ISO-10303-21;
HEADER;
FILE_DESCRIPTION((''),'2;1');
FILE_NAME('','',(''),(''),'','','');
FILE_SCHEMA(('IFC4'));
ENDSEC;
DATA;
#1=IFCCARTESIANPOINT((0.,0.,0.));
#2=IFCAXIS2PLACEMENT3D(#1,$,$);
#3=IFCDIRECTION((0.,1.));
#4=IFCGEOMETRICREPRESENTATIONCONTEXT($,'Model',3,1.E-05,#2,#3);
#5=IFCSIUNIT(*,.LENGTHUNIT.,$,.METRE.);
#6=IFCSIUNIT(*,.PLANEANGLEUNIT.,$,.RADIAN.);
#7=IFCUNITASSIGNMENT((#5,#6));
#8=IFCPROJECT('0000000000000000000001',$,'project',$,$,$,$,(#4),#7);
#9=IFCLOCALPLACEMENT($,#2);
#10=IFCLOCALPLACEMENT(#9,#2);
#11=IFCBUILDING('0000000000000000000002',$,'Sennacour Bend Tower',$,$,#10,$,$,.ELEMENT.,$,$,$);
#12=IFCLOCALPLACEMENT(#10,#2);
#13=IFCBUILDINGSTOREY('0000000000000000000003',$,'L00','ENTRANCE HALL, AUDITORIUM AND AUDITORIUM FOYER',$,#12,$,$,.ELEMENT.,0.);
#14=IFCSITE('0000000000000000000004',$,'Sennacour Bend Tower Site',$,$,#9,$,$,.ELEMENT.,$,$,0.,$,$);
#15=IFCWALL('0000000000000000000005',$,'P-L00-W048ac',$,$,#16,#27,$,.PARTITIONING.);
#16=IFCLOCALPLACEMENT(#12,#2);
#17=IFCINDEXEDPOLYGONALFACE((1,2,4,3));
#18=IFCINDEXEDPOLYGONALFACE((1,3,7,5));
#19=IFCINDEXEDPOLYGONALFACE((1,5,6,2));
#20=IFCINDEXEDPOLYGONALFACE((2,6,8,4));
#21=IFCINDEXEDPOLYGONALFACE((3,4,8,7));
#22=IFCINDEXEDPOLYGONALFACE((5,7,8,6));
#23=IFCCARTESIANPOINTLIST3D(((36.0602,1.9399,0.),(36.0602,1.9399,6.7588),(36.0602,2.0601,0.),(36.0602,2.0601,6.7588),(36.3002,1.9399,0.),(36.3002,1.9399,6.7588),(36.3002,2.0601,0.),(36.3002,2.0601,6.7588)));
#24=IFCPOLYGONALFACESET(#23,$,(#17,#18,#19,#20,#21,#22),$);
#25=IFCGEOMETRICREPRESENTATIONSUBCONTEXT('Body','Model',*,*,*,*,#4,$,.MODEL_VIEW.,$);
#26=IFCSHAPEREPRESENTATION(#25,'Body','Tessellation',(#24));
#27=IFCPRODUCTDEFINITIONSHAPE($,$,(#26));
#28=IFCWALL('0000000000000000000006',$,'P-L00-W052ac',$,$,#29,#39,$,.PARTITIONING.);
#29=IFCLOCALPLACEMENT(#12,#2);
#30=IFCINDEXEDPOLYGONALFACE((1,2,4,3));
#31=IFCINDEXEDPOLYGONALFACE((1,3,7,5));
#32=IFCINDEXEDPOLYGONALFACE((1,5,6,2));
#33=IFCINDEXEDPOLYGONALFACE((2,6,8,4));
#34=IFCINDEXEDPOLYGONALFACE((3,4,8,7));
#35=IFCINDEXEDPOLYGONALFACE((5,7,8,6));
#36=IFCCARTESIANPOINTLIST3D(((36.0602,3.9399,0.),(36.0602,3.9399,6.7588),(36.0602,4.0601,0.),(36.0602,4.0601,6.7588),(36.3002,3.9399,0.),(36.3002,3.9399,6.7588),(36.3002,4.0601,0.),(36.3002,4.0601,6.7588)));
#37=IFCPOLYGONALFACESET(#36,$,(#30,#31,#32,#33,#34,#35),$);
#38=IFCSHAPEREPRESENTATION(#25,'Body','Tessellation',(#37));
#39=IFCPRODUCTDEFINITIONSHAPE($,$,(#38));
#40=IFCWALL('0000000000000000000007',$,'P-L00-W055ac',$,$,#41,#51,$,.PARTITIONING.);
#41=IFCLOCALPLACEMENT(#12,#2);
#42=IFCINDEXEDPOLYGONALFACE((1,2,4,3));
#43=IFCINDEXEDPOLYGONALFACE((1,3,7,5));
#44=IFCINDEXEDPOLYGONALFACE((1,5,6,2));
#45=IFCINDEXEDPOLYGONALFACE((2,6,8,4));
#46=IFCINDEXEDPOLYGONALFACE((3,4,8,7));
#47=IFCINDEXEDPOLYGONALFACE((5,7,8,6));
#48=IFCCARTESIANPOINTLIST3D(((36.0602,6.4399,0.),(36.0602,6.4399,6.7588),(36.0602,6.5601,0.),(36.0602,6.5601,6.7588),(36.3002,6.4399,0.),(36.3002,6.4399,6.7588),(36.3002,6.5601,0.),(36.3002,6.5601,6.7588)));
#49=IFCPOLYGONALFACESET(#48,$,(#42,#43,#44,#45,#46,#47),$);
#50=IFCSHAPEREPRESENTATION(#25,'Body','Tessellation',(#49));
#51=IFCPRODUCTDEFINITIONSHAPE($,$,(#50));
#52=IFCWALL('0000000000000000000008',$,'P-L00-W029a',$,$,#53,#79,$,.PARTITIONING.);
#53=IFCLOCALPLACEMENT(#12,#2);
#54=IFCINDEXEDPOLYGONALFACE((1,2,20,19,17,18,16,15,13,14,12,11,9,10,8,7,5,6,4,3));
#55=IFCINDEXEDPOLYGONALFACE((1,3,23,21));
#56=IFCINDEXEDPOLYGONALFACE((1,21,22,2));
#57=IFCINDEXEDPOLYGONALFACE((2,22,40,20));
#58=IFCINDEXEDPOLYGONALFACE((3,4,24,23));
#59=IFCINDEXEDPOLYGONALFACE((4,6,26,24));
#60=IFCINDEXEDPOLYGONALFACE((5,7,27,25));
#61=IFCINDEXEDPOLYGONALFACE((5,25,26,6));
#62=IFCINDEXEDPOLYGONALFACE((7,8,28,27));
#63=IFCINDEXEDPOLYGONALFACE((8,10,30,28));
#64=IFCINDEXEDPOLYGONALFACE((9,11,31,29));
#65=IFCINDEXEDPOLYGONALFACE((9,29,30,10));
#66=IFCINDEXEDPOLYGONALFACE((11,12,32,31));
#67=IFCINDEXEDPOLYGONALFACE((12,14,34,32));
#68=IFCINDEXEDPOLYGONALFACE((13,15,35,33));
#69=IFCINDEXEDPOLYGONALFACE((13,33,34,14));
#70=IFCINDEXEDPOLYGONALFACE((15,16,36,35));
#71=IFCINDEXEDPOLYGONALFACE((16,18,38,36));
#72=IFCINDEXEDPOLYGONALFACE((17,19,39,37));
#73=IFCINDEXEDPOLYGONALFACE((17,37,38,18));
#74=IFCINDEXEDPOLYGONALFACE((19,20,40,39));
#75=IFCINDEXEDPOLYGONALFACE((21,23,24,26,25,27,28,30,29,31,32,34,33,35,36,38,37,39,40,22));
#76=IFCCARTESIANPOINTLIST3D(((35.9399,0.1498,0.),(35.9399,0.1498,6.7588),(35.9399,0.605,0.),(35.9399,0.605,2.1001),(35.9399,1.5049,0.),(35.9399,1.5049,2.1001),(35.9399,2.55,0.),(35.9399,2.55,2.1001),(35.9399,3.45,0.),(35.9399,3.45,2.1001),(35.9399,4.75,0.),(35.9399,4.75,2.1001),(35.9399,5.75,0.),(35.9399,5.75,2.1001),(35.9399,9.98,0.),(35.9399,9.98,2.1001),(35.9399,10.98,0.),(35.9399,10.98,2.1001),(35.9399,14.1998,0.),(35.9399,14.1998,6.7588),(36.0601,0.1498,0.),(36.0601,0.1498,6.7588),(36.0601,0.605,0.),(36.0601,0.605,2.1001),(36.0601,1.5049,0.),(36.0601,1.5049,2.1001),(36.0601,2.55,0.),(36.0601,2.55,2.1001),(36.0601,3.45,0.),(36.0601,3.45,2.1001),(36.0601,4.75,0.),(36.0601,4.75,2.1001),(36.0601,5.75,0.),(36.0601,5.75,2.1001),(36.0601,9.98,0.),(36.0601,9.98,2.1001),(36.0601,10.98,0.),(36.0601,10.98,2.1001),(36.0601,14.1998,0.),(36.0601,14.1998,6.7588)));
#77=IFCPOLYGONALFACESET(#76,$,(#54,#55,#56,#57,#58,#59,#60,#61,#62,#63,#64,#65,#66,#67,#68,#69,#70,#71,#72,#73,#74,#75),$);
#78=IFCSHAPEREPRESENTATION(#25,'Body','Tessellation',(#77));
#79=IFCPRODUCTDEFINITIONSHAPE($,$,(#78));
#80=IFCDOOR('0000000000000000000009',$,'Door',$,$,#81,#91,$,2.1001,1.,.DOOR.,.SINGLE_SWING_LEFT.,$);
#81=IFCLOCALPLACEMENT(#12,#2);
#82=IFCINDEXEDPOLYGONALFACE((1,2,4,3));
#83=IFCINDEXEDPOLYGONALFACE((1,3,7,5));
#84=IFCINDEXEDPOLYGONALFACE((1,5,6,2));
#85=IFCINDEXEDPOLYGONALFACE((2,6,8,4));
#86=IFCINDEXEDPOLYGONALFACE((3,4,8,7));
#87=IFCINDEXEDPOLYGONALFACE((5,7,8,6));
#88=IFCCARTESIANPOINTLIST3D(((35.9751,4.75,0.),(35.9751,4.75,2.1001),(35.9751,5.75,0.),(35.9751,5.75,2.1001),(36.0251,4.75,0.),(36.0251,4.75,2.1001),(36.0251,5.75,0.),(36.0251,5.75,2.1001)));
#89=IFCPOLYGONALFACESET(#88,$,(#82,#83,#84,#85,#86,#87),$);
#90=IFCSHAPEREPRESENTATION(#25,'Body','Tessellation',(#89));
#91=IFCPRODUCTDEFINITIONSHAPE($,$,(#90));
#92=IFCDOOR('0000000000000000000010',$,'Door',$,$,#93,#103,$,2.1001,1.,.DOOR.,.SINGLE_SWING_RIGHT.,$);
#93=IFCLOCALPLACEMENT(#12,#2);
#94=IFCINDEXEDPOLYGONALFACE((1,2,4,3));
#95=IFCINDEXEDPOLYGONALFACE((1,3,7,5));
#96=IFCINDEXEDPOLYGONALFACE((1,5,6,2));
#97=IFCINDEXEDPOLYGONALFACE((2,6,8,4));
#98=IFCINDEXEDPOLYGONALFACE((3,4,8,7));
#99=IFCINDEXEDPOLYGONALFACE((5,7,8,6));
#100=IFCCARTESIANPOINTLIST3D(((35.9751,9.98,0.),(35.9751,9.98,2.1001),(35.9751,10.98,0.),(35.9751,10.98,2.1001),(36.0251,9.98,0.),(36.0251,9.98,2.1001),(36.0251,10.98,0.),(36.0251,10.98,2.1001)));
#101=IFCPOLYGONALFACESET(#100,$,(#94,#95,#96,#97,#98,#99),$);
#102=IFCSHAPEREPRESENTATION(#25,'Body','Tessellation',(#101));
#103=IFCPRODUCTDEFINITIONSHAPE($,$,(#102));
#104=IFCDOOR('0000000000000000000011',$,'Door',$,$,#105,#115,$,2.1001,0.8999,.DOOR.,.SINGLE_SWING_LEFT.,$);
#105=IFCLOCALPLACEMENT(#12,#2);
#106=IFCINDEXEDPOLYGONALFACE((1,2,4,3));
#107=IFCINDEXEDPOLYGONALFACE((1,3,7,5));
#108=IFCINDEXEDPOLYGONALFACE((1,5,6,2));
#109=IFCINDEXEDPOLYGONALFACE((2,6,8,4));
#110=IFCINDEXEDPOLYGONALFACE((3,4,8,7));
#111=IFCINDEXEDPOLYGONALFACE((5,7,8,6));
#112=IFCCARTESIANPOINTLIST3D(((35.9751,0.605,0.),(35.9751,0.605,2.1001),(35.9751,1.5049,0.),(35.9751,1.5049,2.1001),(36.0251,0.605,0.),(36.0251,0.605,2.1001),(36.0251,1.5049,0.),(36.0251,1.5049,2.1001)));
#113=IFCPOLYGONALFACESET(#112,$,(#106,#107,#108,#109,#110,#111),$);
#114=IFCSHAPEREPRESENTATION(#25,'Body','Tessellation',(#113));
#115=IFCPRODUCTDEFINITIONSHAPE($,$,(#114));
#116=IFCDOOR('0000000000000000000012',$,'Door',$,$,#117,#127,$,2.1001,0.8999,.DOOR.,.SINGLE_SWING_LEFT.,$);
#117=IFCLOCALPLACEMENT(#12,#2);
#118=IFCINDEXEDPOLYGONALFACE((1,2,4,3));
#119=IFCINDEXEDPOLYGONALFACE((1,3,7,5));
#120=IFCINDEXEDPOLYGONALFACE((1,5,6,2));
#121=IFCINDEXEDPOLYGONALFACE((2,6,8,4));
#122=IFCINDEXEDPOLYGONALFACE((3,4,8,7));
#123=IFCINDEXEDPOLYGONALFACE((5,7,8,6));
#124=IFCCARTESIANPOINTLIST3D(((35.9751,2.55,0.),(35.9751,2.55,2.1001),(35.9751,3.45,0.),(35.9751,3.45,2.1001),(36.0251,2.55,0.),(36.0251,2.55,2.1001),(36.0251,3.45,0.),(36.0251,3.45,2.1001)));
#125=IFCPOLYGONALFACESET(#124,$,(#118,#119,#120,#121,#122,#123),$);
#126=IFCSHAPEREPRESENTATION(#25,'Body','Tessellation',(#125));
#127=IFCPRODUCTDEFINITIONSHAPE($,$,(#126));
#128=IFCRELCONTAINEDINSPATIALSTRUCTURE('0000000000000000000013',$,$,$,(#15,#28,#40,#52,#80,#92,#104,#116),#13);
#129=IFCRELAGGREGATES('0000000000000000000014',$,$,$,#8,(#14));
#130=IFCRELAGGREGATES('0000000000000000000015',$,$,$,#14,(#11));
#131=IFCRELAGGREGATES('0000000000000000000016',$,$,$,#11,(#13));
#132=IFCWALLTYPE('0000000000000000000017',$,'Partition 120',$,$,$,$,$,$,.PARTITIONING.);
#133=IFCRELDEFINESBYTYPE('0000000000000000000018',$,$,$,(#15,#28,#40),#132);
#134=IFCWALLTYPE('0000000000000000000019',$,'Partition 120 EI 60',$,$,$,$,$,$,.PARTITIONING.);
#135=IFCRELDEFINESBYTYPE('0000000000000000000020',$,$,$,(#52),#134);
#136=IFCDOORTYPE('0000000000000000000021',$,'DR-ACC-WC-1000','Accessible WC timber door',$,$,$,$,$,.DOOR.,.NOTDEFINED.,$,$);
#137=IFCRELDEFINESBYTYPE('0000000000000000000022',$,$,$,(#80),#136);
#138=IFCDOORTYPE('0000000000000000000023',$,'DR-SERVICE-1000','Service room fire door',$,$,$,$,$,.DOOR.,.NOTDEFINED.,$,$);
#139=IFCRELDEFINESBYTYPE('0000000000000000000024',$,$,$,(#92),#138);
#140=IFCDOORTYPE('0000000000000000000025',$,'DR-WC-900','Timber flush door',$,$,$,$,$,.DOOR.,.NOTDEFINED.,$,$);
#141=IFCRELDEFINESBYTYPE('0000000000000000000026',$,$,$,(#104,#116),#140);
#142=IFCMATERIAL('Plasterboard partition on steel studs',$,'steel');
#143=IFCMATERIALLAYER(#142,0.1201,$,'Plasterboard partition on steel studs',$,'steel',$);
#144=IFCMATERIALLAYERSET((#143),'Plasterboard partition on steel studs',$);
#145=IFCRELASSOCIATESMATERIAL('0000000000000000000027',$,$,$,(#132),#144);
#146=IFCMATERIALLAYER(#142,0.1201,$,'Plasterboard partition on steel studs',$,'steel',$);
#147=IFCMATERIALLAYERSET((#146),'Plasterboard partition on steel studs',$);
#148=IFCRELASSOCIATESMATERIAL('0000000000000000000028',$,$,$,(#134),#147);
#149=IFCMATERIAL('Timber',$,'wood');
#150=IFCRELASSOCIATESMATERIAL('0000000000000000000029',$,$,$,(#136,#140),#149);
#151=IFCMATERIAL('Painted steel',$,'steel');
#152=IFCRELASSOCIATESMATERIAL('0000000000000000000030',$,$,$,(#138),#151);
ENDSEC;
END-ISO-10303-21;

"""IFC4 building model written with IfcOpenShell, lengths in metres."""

from ifc_helpers import new_model, si_unit, direction, frame, frame_2d, origin, place, context, subcontext, project, spatial, rectangle, extrude, material, layer, layer_set, type_object, element, fill, save


model = new_model("IFC4")

# Units and contexts
model_context = context("Model", 3, precision=1e-05, world=origin(), true_north=direction((0.0, 1.0)))
body_context = subcontext(model_context, "Body", "Model", "MODEL_VIEW")
ifc_project = project(units=[si_unit("LENGTHUNIT", "METRE"), si_unit("PLANEANGLEUNIT", "RADIAN")], contexts=[model_context])

# Site, building, storey
site_placement = place(None, origin())
site = spatial("IfcSite", under=ifc_project, at=site_placement, Name="Sennacour Bend Tower Site", CompositionType="ELEMENT", RefElevation=0.0)
building_placement = place(site_placement, origin())
building = spatial("IfcBuilding", under=site, at=building_placement, Name="Sennacour Bend Tower", CompositionType="ELEMENT")
storey_placement = place(building_placement, origin())
storey = spatial("IfcBuildingStorey", under=building, at=storey_placement, Name="L00", Description="ENTRANCE HALL, AUDITORIUM AND AUDITORIUM FOYER", CompositionType="ELEMENT", Elevation=0.0)

# Walls
ifc_material_1 = material(Name="Plasterboard partition on steel studs", Category="steel")
ifc_layer_1 = layer(ifc_material_1, 0.1201, Name="Plasterboard partition on steel studs", Category="steel")
ifc_layer_set_1 = layer_set([ifc_layer_1], Name="Plasterboard partition on steel studs")
wall_type_1 = type_object("IfcWallType", Name="Partition 120", PredefinedType="PARTITIONING", material=ifc_layer_set_1)
for number, where, z_axis, x_axis, name in (
    (1, (36.0601, 2.0, 0.0), (0.0, 0.0, 1.0), (1.0, 0.0, 0.0), "P-L00-W048ac"),
    (2, (36.0601, 4.0, 0.0), (0.0, 0.0, 1.0), (1.0, 0.0, 0.0), "P-L00-W052ac"),
    (3, (36.0601, 6.5, 0.0), (0.0, 0.0, 1.0), (1.0, 0.0, 0.0), "P-L00-W055ac"),
):
    element("IfcWall", number, at=place(storey_placement, frame(where, z_axis=z_axis, x_axis=x_axis)), inside=storey, type_object=wall_type_1, Name=name, PredefinedType="PARTITIONING", context=body_context, shape_type="SweptSolid", body=[
        extrude(rectangle(XDim=0.24, YDim=0.1201, at=frame_2d((0.1201, 0.0))), origin(), (0.0, 0.0, 1.0), 6.7588),
    ])

# Wall, openings, doors
ifc_layer_2 = layer(ifc_material_1, 0.1201, Name="Plasterboard partition on steel studs", Category="steel")
ifc_layer_set_2 = layer_set([ifc_layer_2], Name="Plasterboard partition on steel studs")
wall_type_2 = type_object("IfcWallType", Name="Partition 120 EI 60", PredefinedType="PARTITIONING", material=ifc_layer_set_2)
wall_1_placement = place(storey_placement, frame((36.0, 0.1499, 0.0), z_axis=(0.0, 0.0, 1.0), x_axis=(0.0, 1.0, 0.0)))
wall_1 = element("IfcWall", 4, at=wall_1_placement, inside=storey, type_object=wall_type_2, Name="P-L00-W029a", PredefinedType="PARTITIONING", context=body_context, shape_type="SweptSolid", body=[
    extrude(rectangle(XDim=14.05, YDim=0.1201, at=frame_2d((7.0249, 0.0))), origin(), (0.0, 0.0, 1.0), 6.7588),
])
opening_1_placement = place(wall_1_placement, frame((9.8301, 0.0, 0.0)))
opening_1 = element("IfcOpeningElement", 5, at=opening_1_placement, cuts=wall_1, PredefinedType="OPENING", context=body_context, shape_type="SweptSolid", body=[
    extrude(rectangle(XDim=1.0, YDim=2.1001, at=frame_2d((0.5, 1.05))), frame((0.0, 0.0701, 0.0), z_axis=(0.0, -1.0, 0.0), x_axis=(1.0, 0.0, 0.0)), (0.0, 0.0, 1.0), 0.1401),
])
opening_2_placement = place(wall_1_placement, frame((0.4551, 0.0, 0.0)))
opening_2 = element("IfcOpeningElement", 6, at=opening_2_placement, cuts=wall_1, PredefinedType="OPENING", context=body_context, shape_type="SweptSolid", body=[
    extrude(rectangle(XDim=0.8999, YDim=2.1001, at=frame_2d((0.45, 1.05))), frame((0.0, 0.0701, 0.0), z_axis=(0.0, -1.0, 0.0), x_axis=(1.0, 0.0, 0.0)), (0.0, 0.0, 1.0), 0.1401),
])
opening_3_placement = place(wall_1_placement, frame((2.4001, 0.0, 0.0)))
opening_3 = element("IfcOpeningElement", 7, at=opening_3_placement, cuts=wall_1, PredefinedType="OPENING", context=body_context, shape_type="SweptSolid", body=[
    extrude(rectangle(XDim=0.8999, YDim=2.1001, at=frame_2d((0.45, 1.05))), frame((0.0, 0.0701, 0.0), z_axis=(0.0, -1.0, 0.0), x_axis=(1.0, 0.0, 0.0)), (0.0, 0.0, 1.0), 0.1401),
])
opening_4_placement = place(wall_1_placement, frame((4.6001, 0.0, 0.0)))
opening_4 = element("IfcOpeningElement", 8, at=opening_4_placement, cuts=wall_1, PredefinedType="OPENING", context=body_context, shape_type="SweptSolid", body=[
    extrude(rectangle(XDim=1.0, YDim=2.1001, at=frame_2d((0.5, 1.05))), frame((0.0, 0.0701, 0.0), z_axis=(0.0, -1.0, 0.0), x_axis=(1.0, 0.0, 0.0)), (0.0, 0.0, 1.0), 0.1401),
])
ifc_material_2 = material(Name="Timber", Category="wood")
door_type_1 = type_object("IfcDoorType", Name="DR-ACC-WC-1000", Description="Accessible WC timber door", OperationType="NOTDEFINED", PredefinedType="DOOR", material=ifc_material_2)
door_1_placement = place(opening_4_placement, origin())
door_1 = element("IfcDoor", 9, at=door_1_placement, inside=storey, type_object=door_type_1, Name="Door", OperationType="SINGLE_SWING_LEFT", OverallHeight=2.1001, OverallWidth=1.0, PredefinedType="DOOR", context=body_context, shape_type="SweptSolid", body=[
    extrude(rectangle(XDim=1.0, YDim=2.1001, at=frame_2d((0.5, 1.05))), frame((0.0, 0.0249, 0.0), z_axis=(0.0, -1.0, 0.0), x_axis=(1.0, 0.0, 0.0)), (0.0, 0.0, 1.0), 0.05),
])
fill(opening_4, door_1)
ifc_material_3 = material(Name="Painted steel", Category="steel")
door_type_2 = type_object("IfcDoorType", Name="DR-SERVICE-1000", Description="Service room fire door", OperationType="NOTDEFINED", PredefinedType="DOOR", material=ifc_material_3)
door_2_placement = place(opening_1_placement, origin())
door_2 = element("IfcDoor", 10, at=door_2_placement, inside=storey, type_object=door_type_2, Name="Door", OperationType="SINGLE_SWING_RIGHT", OverallHeight=2.1001, OverallWidth=1.0, PredefinedType="DOOR", context=body_context, shape_type="SweptSolid", body=[
    extrude(rectangle(XDim=1.0, YDim=2.1001, at=frame_2d((0.5, 1.05))), frame((0.0, 0.0249, 0.0), z_axis=(0.0, -1.0, 0.0), x_axis=(1.0, 0.0, 0.0)), (0.0, 0.0, 1.0), 0.05),
])
fill(opening_1, door_2)
door_type_3 = type_object("IfcDoorType", Name="DR-WC-900", Description="Timber flush door", OperationType="NOTDEFINED", PredefinedType="DOOR", material=ifc_material_2)
door_3_placement = place(opening_2_placement, origin())
door_3 = element("IfcDoor", 11, at=door_3_placement, inside=storey, type_object=door_type_3, Name="Door", OperationType="SINGLE_SWING_LEFT", OverallHeight=2.1001, OverallWidth=0.8999, PredefinedType="DOOR", context=body_context, shape_type="SweptSolid", body=[
    extrude(rectangle(XDim=0.8999, YDim=2.1001, at=frame_2d((0.45, 1.05))), frame((0.0, 0.0249, 0.0), z_axis=(0.0, -1.0, 0.0), x_axis=(1.0, 0.0, 0.0)), (0.0, 0.0, 1.0), 0.05),
])
fill(opening_2, door_3)
door_4_placement = place(opening_3_placement, origin())
door_4 = element("IfcDoor", 12, at=door_4_placement, inside=storey, type_object=door_type_3, Name="Door", OperationType="SINGLE_SWING_LEFT", OverallHeight=2.1001, OverallWidth=0.8999, PredefinedType="DOOR", context=body_context, shape_type="SweptSolid", body=[
    extrude(rectangle(XDim=0.8999, YDim=2.1001, at=frame_2d((0.45, 1.05))), frame((0.0, 0.0249, 0.0), z_axis=(0.0, -1.0, 0.0), x_axis=(1.0, 0.0, 0.0)), (0.0, 0.0, 1.0), 0.05),
])
fill(opening_3, door_4)

save(model, "model.ifc")
